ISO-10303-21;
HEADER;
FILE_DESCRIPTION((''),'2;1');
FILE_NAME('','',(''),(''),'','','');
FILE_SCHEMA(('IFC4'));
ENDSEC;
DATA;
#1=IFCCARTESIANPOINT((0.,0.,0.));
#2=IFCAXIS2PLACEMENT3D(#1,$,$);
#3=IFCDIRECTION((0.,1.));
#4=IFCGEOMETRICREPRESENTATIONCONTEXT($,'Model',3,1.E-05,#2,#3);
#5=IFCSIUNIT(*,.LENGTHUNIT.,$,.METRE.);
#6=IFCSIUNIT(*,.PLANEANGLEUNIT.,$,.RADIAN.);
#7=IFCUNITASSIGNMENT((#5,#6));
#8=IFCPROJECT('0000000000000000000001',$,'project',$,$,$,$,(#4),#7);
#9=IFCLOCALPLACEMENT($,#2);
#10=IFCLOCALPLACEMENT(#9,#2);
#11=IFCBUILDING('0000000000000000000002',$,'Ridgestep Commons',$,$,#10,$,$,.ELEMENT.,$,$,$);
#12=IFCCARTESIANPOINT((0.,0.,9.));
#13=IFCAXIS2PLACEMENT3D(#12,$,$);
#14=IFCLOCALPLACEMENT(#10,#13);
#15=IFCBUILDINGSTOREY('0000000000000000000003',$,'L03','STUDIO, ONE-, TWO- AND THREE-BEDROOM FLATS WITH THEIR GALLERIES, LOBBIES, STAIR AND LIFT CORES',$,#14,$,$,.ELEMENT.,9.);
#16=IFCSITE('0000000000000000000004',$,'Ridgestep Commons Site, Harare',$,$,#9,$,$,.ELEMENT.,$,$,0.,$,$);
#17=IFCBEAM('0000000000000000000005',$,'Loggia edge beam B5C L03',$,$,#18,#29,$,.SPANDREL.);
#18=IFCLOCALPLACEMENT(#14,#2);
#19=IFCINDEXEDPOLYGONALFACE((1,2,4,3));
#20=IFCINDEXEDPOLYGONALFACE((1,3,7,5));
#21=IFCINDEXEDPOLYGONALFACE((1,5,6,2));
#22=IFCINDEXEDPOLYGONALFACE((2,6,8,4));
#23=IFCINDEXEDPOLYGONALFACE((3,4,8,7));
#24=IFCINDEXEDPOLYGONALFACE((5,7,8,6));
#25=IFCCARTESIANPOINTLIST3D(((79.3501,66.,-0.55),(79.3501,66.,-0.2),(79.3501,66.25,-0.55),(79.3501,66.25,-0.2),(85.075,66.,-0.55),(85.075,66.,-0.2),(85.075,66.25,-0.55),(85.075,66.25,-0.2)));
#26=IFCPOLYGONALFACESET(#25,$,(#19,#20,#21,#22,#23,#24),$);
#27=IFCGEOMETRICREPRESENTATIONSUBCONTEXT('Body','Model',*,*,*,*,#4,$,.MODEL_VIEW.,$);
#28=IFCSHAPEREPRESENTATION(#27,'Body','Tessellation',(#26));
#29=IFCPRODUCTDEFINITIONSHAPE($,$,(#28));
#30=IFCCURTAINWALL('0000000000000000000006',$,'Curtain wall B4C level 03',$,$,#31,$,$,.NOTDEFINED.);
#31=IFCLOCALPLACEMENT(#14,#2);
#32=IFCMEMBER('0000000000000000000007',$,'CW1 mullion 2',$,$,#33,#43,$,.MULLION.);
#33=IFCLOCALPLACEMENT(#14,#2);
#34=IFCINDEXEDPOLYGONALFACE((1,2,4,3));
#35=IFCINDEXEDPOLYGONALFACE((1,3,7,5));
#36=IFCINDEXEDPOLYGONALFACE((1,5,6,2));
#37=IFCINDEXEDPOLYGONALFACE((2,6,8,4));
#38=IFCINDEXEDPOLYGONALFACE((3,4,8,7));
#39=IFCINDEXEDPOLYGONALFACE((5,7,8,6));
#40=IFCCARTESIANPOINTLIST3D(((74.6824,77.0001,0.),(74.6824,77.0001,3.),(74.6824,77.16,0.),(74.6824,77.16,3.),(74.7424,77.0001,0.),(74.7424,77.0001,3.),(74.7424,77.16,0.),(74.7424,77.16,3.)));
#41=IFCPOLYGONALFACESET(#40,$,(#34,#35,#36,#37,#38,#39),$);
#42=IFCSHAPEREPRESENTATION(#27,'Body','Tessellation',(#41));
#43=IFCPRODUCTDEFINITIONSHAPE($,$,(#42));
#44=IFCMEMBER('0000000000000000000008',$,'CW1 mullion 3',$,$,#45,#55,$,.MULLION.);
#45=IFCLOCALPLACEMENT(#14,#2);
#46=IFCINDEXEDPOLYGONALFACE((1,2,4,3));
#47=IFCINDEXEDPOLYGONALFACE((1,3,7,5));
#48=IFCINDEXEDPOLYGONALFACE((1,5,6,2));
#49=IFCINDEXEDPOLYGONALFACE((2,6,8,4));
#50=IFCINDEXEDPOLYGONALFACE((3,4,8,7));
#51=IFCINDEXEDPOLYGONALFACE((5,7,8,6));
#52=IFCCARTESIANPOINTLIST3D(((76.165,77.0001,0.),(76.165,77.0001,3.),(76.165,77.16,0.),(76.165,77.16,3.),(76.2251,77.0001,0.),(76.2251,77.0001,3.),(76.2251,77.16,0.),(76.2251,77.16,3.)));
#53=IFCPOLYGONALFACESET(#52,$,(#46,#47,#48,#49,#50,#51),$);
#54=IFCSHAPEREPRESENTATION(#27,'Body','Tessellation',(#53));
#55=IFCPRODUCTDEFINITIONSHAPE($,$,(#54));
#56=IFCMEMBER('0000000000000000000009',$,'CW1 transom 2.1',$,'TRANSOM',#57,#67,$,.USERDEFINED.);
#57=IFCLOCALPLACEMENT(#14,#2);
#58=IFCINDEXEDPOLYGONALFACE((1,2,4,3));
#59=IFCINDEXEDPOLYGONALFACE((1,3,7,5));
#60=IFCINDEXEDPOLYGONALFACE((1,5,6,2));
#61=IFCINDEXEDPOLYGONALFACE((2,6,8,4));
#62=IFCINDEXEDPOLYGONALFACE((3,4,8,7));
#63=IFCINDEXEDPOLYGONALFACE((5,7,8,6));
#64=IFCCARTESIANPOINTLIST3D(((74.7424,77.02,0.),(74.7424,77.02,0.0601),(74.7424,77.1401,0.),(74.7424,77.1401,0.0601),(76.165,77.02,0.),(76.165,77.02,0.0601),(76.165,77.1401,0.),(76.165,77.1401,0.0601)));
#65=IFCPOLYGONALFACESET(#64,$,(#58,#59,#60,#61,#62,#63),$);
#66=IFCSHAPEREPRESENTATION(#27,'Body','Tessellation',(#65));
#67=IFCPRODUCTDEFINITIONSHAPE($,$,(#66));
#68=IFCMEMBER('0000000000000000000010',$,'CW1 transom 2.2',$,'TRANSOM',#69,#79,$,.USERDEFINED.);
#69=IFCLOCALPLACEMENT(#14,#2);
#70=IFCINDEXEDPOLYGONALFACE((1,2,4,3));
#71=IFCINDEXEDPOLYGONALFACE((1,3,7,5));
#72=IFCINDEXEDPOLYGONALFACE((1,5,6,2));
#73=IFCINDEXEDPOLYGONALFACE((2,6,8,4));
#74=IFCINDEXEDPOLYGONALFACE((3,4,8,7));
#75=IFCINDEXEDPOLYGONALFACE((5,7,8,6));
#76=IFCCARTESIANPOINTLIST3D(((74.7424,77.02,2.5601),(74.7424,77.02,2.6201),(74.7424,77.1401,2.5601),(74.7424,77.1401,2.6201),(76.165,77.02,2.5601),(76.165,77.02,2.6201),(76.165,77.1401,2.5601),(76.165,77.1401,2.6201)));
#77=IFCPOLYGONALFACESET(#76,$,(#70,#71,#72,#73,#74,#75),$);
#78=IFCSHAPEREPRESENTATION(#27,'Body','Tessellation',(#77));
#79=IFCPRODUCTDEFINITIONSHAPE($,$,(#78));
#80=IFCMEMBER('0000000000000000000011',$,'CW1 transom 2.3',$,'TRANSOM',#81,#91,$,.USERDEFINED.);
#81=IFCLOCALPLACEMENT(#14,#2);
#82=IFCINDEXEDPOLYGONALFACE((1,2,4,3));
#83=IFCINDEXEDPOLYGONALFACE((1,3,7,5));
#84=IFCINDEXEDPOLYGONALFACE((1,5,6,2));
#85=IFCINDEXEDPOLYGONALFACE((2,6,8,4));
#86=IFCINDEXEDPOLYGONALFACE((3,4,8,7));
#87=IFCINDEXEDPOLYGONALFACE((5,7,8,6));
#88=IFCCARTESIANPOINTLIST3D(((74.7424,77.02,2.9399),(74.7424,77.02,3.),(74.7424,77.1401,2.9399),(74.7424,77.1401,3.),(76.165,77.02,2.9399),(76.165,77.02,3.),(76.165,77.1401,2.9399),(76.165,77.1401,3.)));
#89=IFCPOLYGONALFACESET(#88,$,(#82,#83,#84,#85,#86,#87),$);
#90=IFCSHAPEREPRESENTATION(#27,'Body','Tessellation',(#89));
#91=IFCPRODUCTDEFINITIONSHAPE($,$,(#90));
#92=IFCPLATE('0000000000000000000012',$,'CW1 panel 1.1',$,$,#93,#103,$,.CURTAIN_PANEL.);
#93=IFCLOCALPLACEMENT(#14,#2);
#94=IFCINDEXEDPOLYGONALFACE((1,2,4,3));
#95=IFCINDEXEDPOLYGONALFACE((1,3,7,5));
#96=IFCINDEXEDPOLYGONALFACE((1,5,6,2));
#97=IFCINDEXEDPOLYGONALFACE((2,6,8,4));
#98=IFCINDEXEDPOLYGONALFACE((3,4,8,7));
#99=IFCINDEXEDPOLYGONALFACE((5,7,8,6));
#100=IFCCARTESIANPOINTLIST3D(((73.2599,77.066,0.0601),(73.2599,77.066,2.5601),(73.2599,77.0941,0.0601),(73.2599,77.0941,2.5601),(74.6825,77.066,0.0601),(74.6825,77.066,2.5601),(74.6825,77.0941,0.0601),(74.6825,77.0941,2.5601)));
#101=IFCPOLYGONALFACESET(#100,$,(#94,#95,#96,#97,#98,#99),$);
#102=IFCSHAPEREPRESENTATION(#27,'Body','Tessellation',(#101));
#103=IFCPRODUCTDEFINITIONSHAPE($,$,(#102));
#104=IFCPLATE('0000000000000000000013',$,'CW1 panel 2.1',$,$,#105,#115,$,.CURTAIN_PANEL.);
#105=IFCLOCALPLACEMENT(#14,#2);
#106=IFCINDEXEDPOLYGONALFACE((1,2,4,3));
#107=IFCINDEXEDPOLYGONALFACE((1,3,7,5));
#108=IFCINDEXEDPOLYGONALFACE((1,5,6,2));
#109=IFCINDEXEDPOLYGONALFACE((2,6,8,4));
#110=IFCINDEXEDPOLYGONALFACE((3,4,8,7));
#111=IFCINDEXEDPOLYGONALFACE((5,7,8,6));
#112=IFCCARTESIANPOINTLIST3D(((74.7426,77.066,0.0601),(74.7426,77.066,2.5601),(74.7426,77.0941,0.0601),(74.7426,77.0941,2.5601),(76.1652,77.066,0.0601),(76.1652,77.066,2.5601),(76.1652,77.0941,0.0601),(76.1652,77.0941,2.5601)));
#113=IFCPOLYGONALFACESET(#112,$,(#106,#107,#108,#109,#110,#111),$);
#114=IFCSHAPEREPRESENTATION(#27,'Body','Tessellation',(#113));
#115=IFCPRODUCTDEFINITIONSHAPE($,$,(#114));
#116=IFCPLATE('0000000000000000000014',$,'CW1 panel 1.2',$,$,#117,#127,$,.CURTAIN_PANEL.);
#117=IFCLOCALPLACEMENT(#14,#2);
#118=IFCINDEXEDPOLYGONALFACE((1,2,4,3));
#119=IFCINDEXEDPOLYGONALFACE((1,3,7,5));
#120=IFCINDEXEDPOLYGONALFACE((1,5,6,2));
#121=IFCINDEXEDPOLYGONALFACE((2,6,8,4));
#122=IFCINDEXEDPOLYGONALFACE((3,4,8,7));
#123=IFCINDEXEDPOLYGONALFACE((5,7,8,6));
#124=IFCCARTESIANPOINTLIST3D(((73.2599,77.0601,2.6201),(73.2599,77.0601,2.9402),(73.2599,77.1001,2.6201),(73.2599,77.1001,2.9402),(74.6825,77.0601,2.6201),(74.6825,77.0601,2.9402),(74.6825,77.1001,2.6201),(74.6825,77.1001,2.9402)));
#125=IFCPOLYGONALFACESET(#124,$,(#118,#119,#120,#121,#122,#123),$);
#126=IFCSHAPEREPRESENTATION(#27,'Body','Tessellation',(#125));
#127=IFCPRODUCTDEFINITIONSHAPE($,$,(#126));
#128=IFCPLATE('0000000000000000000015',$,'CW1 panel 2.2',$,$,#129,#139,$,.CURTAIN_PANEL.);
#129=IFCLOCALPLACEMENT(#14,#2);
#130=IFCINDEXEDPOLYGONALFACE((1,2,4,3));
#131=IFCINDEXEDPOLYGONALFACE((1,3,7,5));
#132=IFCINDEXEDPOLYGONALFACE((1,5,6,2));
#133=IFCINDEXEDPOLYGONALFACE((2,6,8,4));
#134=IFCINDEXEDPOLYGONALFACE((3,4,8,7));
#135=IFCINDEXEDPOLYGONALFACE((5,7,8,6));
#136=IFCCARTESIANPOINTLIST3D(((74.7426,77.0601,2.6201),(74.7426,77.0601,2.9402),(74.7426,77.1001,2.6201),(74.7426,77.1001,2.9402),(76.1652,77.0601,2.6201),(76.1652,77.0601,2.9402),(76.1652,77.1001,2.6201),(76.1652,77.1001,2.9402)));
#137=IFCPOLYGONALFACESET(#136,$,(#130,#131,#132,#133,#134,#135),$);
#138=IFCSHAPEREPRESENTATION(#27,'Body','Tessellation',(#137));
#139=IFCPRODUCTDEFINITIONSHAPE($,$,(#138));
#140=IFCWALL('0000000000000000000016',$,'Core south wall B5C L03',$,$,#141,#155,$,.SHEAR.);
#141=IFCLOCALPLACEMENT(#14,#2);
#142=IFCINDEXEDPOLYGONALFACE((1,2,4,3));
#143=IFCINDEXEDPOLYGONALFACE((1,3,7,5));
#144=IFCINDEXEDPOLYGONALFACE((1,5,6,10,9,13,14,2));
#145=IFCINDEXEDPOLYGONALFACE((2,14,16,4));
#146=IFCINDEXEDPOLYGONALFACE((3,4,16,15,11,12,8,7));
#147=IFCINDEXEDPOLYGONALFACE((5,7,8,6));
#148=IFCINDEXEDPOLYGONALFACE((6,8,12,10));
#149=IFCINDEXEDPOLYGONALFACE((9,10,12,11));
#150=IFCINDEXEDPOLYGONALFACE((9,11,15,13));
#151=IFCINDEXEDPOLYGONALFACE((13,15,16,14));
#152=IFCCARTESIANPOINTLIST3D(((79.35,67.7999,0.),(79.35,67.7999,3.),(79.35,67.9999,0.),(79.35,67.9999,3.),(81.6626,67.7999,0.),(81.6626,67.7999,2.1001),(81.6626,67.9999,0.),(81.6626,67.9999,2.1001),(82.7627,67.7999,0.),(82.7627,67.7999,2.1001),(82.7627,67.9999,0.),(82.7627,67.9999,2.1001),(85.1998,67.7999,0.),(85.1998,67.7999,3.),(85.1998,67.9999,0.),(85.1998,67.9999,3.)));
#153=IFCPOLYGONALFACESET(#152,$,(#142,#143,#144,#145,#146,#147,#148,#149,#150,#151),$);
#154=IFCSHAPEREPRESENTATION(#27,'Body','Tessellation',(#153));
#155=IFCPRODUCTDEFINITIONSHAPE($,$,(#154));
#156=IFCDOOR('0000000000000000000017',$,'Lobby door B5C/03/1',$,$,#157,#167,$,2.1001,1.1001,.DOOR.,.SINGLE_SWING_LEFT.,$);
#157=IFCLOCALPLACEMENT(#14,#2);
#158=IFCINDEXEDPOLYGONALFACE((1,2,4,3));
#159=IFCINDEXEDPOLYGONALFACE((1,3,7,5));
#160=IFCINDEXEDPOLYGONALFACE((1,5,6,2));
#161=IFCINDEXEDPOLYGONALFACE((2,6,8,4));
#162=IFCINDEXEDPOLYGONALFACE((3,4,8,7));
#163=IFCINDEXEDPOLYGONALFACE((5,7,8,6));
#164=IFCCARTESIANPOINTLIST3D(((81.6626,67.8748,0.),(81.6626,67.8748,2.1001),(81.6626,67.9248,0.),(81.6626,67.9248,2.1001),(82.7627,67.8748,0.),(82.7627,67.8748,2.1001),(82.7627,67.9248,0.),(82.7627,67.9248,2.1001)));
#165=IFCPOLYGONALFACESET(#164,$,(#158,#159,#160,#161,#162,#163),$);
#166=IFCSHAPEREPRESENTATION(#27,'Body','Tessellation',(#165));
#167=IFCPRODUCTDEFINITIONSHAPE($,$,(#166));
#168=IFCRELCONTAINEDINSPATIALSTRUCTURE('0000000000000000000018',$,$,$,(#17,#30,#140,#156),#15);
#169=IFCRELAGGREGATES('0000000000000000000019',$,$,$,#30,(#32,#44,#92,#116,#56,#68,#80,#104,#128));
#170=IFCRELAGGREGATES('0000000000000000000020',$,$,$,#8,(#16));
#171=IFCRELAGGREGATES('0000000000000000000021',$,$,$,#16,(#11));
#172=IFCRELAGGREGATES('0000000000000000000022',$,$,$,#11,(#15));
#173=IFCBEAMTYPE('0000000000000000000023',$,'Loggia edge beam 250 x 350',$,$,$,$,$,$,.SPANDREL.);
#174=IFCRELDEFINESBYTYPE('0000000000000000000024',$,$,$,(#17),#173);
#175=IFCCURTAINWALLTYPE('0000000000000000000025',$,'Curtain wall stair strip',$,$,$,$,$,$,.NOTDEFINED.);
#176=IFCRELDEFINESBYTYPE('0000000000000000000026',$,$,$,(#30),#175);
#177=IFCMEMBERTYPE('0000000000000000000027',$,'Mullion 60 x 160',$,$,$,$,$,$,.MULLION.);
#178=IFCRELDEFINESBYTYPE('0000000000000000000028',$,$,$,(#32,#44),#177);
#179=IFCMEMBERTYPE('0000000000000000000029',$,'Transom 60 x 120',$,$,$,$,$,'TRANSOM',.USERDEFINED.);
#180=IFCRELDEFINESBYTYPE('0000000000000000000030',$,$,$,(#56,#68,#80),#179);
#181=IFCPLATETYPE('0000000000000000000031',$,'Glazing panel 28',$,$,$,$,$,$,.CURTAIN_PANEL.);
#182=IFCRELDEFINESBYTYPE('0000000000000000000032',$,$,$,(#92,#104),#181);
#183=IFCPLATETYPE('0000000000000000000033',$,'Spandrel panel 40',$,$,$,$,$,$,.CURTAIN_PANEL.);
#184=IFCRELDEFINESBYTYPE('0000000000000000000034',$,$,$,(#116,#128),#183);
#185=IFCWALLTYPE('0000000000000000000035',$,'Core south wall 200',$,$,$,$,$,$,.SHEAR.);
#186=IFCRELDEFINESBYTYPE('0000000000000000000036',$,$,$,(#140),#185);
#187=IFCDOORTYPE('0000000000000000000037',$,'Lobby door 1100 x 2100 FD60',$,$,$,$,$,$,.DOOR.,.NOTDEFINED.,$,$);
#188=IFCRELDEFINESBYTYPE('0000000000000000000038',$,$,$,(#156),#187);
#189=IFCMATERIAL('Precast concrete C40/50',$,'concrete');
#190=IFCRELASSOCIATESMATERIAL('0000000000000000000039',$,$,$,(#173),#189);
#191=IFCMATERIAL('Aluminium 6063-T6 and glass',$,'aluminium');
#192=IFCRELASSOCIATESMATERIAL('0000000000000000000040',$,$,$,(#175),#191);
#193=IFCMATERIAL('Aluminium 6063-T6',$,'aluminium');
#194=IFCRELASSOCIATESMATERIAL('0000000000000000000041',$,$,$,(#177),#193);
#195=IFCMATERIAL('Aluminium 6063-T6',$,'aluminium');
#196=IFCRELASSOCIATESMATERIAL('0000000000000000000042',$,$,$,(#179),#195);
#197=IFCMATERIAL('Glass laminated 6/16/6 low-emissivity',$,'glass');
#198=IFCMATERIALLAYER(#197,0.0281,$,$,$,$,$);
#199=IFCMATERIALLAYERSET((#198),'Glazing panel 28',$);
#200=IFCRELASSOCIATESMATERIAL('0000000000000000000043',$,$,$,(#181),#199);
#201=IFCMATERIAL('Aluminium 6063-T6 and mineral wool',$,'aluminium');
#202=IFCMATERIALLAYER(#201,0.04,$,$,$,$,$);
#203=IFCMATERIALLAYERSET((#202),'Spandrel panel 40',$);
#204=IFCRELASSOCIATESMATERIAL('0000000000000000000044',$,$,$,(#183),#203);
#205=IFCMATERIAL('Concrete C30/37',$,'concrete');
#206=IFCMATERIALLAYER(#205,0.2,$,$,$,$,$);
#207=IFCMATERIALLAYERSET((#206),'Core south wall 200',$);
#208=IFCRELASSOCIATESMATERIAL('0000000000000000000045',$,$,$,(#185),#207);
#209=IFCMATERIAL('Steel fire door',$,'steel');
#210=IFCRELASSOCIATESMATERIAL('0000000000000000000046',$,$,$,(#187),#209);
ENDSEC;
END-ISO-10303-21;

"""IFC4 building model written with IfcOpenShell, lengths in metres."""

from ifc_helpers import new_model, si_unit, direction, frame, frame_2d, origin, origin_2d, place, context, subcontext, project, spatial, rectangle, extrude, material, layer, layer_set, material_profile, profile_set, type_object, element, fill, aggregate, save


model = new_model("IFC4")

# Units and contexts
model_context = context("Model", 3, precision=1e-05, world=origin(), true_north=direction((0.0, 1.0)))
body_context = subcontext(model_context, "Body", "Model", "MODEL_VIEW")
ifc_project = project(units=[si_unit("LENGTHUNIT", "METRE"), si_unit("PLANEANGLEUNIT", "RADIAN")], contexts=[model_context])

# Site, building, storey
site_placement = place(None, origin())
site = spatial("IfcSite", under=ifc_project, at=site_placement, Name="Ridgestep Commons Site, Harare", CompositionType="ELEMENT", RefElevation=0.0)
building_placement = place(site_placement, origin())
building = spatial("IfcBuilding", under=site, at=building_placement, Name="Ridgestep Commons", CompositionType="ELEMENT")
storey_placement = place(building_placement, frame((0.0, 0.0, 9.0)))
storey = spatial("IfcBuildingStorey", under=building, at=storey_placement, Name="L03", Description="STUDIO, ONE-, TWO- AND THREE-BEDROOM FLATS WITH THEIR GALLERIES, LOBBIES, STAIR AND LIFT CORES", CompositionType="ELEMENT", Elevation=9.0)

# Beam
ifc_material_1 = material(Name="Precast concrete C40/50", Category="concrete")
ifc_material_profile_1 = material_profile(ifc_material_1, rectangle(XDim=0.25, YDim=0.3501, at=origin_2d()), Name="PC 250x350")
ifc_profile_set_1 = profile_set([ifc_material_profile_1], Name="Precast concrete C40/50")
beam_type = type_object("IfcBeamType", Name="Loggia edge beam 250 x 350", PredefinedType="SPANDREL", material=ifc_profile_set_1)
beam_placement = place(storey_placement, frame((79.3501, 66.125, -0.375), z_axis=(1.0, 0.0, 0.0), x_axis=(0.0, 1.0, 0.0)))
element("IfcBeam", 1, at=beam_placement, inside=storey, type_object=beam_type, Name="Loggia edge beam B5C L03", PredefinedType="SPANDREL", context=body_context, shape_type="SweptSolid", body=[
    extrude(rectangle(XDim=0.25, YDim=0.3501, at=origin_2d()), origin(), (0.0, 0.0, 1.0), 5.7249),
])

# Curtain wall, members, plates
ifc_material_2 = material(Name="Aluminium 6063-T6 and glass", Category="aluminium")
curtain_wall_type = type_object("IfcCurtainWallType", Name="Curtain wall stair strip", PredefinedType="NOTDEFINED", material=ifc_material_2)
curtain_wall_placement = place(storey_placement, origin())
curtain_wall = element("IfcCurtainWall", 2, at=curtain_wall_placement, inside=storey, type_object=curtain_wall_type, Name="Curtain wall B4C level 03", PredefinedType="NOTDEFINED")
ifc_material_3 = material(Name="Aluminium 6063-T6", Category="aluminium")
ifc_material_profile_2 = material_profile(ifc_material_3, rectangle(XDim=0.1599, YDim=0.0601, at=origin_2d()), Name="Mullion 60 x 160")
ifc_profile_set_2 = profile_set([ifc_material_profile_2], Name="Aluminium 6063-T6")
member_type_1 = type_object("IfcMemberType", Name="Mullion 60 x 160", PredefinedType="MULLION", material=ifc_profile_set_2)
member_1_placement = place(storey_placement, frame((74.7124, 77.0801, 0.0), z_axis=(0.0, 0.0, 1.0), x_axis=(0.0, 1.0, 0.0)))
member_1 = element("IfcMember", 3, at=member_1_placement, type_object=member_type_1, Name="CW1 mullion 2", PredefinedType="MULLION", context=body_context, shape_type="SweptSolid", body=[
    extrude(rectangle(XDim=0.1599, YDim=0.0601, at=origin_2d()), origin(), (0.0, 0.0, 1.0), 3.0),
])
member_2_placement = place(storey_placement, frame((76.1951, 77.0801, 0.0), z_axis=(0.0, 0.0, 1.0), x_axis=(0.0, 1.0, 0.0)))
member_2 = element("IfcMember", 4, at=member_2_placement, type_object=member_type_1, Name="CW1 mullion 3", PredefinedType="MULLION", context=body_context, shape_type="SweptSolid", body=[
    extrude(rectangle(XDim=0.1599, YDim=0.0601, at=origin_2d()), origin(), (0.0, 0.0, 1.0), 3.0),
])
ifc_material_4 = material(Name="Aluminium 6063-T6", Category="aluminium")
ifc_material_profile_3 = material_profile(ifc_material_4, rectangle(XDim=0.1201, YDim=0.0601, at=origin_2d()), Name="Transom 60 x 120")
ifc_profile_set_3 = profile_set([ifc_material_profile_3], Name="Aluminium 6063-T6")
member_type_2 = type_object("IfcMemberType", Name="Transom 60 x 120", ElementType="TRANSOM", PredefinedType="USERDEFINED", material=ifc_profile_set_3)
member_3_placement = place(storey_placement, frame((74.7424, 77.0801, 0.03), z_axis=(1.0, 0.0, 0.0), x_axis=(0.0, 1.0, 0.0)))
member_3 = element("IfcMember", 5, at=member_3_placement, type_object=member_type_2, Name="CW1 transom 2.1", ObjectType="TRANSOM", PredefinedType="USERDEFINED", context=body_context, shape_type="SweptSolid", body=[
    extrude(rectangle(XDim=0.1201, YDim=0.0601, at=origin_2d()), origin(), (0.0, 0.0, 1.0), 1.4226),
])
member_4_placement = place(storey_placement, frame((74.7424, 77.0801, 2.5901), z_axis=(1.0, 0.0, 0.0), x_axis=(0.0, 1.0, 0.0)))
member_4 = element("IfcMember", 6, at=member_4_placement, type_object=member_type_2, Name="CW1 transom 2.2", ObjectType="TRANSOM", PredefinedType="USERDEFINED", context=body_context, shape_type="SweptSolid", body=[
    extrude(rectangle(XDim=0.1201, YDim=0.0601, at=origin_2d()), origin(), (0.0, 0.0, 1.0), 1.4226),
])
member_5_placement = place(storey_placement, frame((74.7424, 77.0801, 2.97), z_axis=(1.0, 0.0, 0.0), x_axis=(0.0, 1.0, 0.0)))
member_5 = element("IfcMember", 7, at=member_5_placement, type_object=member_type_2, Name="CW1 transom 2.3", ObjectType="TRANSOM", PredefinedType="USERDEFINED", context=body_context, shape_type="SweptSolid", body=[
    extrude(rectangle(XDim=0.1201, YDim=0.0601, at=origin_2d()), origin(), (0.0, 0.0, 1.0), 1.4226),
])
ifc_material_5 = material(Name="Glass laminated 6/16/6 low-emissivity", Category="glass")
ifc_layer_1 = layer(ifc_material_5, 0.0281)
ifc_layer_set_1 = layer_set([ifc_layer_1], Name="Glazing panel 28")
plate_type_1 = type_object("IfcPlateType", Name="Glazing panel 28", PredefinedType="CURTAIN_PANEL", material=ifc_layer_set_1)
plate_1_placement = place(storey_placement, frame((73.9712, 77.0801, 0.0601), z_axis=(0.0, 0.0, 1.0), x_axis=(1.0, 0.0, 0.0)))
plate_1 = element("IfcPlate", 8, at=plate_1_placement, type_object=plate_type_1, Name="CW1 panel 1.1", PredefinedType="CURTAIN_PANEL", context=body_context, shape_type="SweptSolid", body=[
    extrude(rectangle(XDim=1.4226, YDim=0.0281, at=origin_2d()), origin(), (0.0, 0.0, 1.0), 2.5),
])
plate_2_placement = place(storey_placement, frame((75.4539, 77.0801, 0.0601), z_axis=(0.0, 0.0, 1.0), x_axis=(1.0, 0.0, 0.0)))
plate_2 = element("IfcPlate", 9, at=plate_2_placement, type_object=plate_type_1, Name="CW1 panel 2.1", PredefinedType="CURTAIN_PANEL", context=body_context, shape_type="SweptSolid", body=[
    extrude(rectangle(XDim=1.4226, YDim=0.0281, at=origin_2d()), origin(), (0.0, 0.0, 1.0), 2.5),
])
ifc_material_6 = material(Name="Aluminium 6063-T6 and mineral wool", Category="aluminium")
ifc_layer_2 = layer(ifc_material_6, 0.04)
ifc_layer_set_2 = layer_set([ifc_layer_2], Name="Spandrel panel 40")
plate_type_2 = type_object("IfcPlateType", Name="Spandrel panel 40", PredefinedType="CURTAIN_PANEL", material=ifc_layer_set_2)
plate_3_placement = place(storey_placement, frame((73.9712, 77.0801, 2.6201), z_axis=(0.0, 0.0, 1.0), x_axis=(1.0, 0.0, 0.0)))
plate_3 = element("IfcPlate", 10, at=plate_3_placement, type_object=plate_type_2, Name="CW1 panel 1.2", PredefinedType="CURTAIN_PANEL", context=body_context, shape_type="SweptSolid", body=[
    extrude(rectangle(XDim=1.4226, YDim=0.04, at=origin_2d()), origin(), (0.0, 0.0, 1.0), 0.3201),
])
plate_4_placement = place(storey_placement, frame((75.4539, 77.0801, 2.6201), z_axis=(0.0, 0.0, 1.0), x_axis=(1.0, 0.0, 0.0)))
plate_4 = element("IfcPlate", 11, at=plate_4_placement, type_object=plate_type_2, Name="CW1 panel 2.2", PredefinedType="CURTAIN_PANEL", context=body_context, shape_type="SweptSolid", body=[
    extrude(rectangle(XDim=1.4226, YDim=0.04, at=origin_2d()), origin(), (0.0, 0.0, 1.0), 0.3201),
])
aggregate(curtain_wall, [member_1, member_2, plate_1, plate_3, member_3, member_4, member_5, plate_2, plate_4])

# Wall, opening, door
ifc_material_7 = material(Name="Concrete C30/37", Category="concrete")
ifc_layer_3 = layer(ifc_material_7, 0.2)
ifc_layer_set_3 = layer_set([ifc_layer_3], Name="Core south wall 200")
wall_type_1 = type_object("IfcWallType", Name="Core south wall 200", PredefinedType="SHEAR", material=ifc_layer_set_3)
wall_1_placement = place(storey_placement, frame((79.3501, 67.8999, 0.0), z_axis=(0.0, 0.0, 1.0), x_axis=(1.0, 0.0, 0.0)))
wall_1 = element("IfcWall", 12, at=wall_1_placement, inside=storey, type_object=wall_type_1, Name="Core south wall B5C L03", PredefinedType="SHEAR", context=body_context, shape_type="SweptSolid", body=[
    extrude(rectangle(XDim=5.8499, YDim=0.2, at=frame_2d((2.9248, 0.0))), origin(), (0.0, 0.0, 1.0), 3.0),
])
opening_1_placement = place(wall_1_placement, frame((2.3125, 0.0, 0.0)))
opening_1 = element("IfcOpeningElement", 13, at=opening_1_placement, cuts=wall_1, PredefinedType="OPENING", context=body_context, shape_type="SweptSolid", body=[
    extrude(rectangle(XDim=1.1001, YDim=2.1001, at=frame_2d((0.55, 1.05))), frame((0.0, 0.1099, 0.0), z_axis=(0.0, -1.0, 0.0), x_axis=(1.0, 0.0, 0.0)), (0.0, 0.0, 1.0), 0.22),
])
ifc_material_8 = material(Name="Steel fire door", Category="steel")
door_type_1 = type_object("IfcDoorType", Name="Lobby door 1100 x 2100 FD60", OperationType="NOTDEFINED", PredefinedType="DOOR", material=ifc_material_8)
door_1_placement = place(opening_1_placement, origin())
door_1 = element("IfcDoor", 14, at=door_1_placement, inside=storey, type_object=door_type_1, Name="Lobby door B5C/03/1", OperationType="SINGLE_SWING_LEFT", OverallHeight=2.1001, OverallWidth=1.1001, PredefinedType="DOOR", context=body_context, shape_type="SweptSolid", body=[
    extrude(rectangle(XDim=1.1001, YDim=2.1001, at=frame_2d((0.55, 1.05))), frame((0.0, 0.0249, 0.0), z_axis=(0.0, -1.0, 0.0), x_axis=(1.0, 0.0, 0.0)), (0.0, 0.0, 1.0), 0.05),
])
fill(opening_1, door_1)

save(model, "model.ifc")
